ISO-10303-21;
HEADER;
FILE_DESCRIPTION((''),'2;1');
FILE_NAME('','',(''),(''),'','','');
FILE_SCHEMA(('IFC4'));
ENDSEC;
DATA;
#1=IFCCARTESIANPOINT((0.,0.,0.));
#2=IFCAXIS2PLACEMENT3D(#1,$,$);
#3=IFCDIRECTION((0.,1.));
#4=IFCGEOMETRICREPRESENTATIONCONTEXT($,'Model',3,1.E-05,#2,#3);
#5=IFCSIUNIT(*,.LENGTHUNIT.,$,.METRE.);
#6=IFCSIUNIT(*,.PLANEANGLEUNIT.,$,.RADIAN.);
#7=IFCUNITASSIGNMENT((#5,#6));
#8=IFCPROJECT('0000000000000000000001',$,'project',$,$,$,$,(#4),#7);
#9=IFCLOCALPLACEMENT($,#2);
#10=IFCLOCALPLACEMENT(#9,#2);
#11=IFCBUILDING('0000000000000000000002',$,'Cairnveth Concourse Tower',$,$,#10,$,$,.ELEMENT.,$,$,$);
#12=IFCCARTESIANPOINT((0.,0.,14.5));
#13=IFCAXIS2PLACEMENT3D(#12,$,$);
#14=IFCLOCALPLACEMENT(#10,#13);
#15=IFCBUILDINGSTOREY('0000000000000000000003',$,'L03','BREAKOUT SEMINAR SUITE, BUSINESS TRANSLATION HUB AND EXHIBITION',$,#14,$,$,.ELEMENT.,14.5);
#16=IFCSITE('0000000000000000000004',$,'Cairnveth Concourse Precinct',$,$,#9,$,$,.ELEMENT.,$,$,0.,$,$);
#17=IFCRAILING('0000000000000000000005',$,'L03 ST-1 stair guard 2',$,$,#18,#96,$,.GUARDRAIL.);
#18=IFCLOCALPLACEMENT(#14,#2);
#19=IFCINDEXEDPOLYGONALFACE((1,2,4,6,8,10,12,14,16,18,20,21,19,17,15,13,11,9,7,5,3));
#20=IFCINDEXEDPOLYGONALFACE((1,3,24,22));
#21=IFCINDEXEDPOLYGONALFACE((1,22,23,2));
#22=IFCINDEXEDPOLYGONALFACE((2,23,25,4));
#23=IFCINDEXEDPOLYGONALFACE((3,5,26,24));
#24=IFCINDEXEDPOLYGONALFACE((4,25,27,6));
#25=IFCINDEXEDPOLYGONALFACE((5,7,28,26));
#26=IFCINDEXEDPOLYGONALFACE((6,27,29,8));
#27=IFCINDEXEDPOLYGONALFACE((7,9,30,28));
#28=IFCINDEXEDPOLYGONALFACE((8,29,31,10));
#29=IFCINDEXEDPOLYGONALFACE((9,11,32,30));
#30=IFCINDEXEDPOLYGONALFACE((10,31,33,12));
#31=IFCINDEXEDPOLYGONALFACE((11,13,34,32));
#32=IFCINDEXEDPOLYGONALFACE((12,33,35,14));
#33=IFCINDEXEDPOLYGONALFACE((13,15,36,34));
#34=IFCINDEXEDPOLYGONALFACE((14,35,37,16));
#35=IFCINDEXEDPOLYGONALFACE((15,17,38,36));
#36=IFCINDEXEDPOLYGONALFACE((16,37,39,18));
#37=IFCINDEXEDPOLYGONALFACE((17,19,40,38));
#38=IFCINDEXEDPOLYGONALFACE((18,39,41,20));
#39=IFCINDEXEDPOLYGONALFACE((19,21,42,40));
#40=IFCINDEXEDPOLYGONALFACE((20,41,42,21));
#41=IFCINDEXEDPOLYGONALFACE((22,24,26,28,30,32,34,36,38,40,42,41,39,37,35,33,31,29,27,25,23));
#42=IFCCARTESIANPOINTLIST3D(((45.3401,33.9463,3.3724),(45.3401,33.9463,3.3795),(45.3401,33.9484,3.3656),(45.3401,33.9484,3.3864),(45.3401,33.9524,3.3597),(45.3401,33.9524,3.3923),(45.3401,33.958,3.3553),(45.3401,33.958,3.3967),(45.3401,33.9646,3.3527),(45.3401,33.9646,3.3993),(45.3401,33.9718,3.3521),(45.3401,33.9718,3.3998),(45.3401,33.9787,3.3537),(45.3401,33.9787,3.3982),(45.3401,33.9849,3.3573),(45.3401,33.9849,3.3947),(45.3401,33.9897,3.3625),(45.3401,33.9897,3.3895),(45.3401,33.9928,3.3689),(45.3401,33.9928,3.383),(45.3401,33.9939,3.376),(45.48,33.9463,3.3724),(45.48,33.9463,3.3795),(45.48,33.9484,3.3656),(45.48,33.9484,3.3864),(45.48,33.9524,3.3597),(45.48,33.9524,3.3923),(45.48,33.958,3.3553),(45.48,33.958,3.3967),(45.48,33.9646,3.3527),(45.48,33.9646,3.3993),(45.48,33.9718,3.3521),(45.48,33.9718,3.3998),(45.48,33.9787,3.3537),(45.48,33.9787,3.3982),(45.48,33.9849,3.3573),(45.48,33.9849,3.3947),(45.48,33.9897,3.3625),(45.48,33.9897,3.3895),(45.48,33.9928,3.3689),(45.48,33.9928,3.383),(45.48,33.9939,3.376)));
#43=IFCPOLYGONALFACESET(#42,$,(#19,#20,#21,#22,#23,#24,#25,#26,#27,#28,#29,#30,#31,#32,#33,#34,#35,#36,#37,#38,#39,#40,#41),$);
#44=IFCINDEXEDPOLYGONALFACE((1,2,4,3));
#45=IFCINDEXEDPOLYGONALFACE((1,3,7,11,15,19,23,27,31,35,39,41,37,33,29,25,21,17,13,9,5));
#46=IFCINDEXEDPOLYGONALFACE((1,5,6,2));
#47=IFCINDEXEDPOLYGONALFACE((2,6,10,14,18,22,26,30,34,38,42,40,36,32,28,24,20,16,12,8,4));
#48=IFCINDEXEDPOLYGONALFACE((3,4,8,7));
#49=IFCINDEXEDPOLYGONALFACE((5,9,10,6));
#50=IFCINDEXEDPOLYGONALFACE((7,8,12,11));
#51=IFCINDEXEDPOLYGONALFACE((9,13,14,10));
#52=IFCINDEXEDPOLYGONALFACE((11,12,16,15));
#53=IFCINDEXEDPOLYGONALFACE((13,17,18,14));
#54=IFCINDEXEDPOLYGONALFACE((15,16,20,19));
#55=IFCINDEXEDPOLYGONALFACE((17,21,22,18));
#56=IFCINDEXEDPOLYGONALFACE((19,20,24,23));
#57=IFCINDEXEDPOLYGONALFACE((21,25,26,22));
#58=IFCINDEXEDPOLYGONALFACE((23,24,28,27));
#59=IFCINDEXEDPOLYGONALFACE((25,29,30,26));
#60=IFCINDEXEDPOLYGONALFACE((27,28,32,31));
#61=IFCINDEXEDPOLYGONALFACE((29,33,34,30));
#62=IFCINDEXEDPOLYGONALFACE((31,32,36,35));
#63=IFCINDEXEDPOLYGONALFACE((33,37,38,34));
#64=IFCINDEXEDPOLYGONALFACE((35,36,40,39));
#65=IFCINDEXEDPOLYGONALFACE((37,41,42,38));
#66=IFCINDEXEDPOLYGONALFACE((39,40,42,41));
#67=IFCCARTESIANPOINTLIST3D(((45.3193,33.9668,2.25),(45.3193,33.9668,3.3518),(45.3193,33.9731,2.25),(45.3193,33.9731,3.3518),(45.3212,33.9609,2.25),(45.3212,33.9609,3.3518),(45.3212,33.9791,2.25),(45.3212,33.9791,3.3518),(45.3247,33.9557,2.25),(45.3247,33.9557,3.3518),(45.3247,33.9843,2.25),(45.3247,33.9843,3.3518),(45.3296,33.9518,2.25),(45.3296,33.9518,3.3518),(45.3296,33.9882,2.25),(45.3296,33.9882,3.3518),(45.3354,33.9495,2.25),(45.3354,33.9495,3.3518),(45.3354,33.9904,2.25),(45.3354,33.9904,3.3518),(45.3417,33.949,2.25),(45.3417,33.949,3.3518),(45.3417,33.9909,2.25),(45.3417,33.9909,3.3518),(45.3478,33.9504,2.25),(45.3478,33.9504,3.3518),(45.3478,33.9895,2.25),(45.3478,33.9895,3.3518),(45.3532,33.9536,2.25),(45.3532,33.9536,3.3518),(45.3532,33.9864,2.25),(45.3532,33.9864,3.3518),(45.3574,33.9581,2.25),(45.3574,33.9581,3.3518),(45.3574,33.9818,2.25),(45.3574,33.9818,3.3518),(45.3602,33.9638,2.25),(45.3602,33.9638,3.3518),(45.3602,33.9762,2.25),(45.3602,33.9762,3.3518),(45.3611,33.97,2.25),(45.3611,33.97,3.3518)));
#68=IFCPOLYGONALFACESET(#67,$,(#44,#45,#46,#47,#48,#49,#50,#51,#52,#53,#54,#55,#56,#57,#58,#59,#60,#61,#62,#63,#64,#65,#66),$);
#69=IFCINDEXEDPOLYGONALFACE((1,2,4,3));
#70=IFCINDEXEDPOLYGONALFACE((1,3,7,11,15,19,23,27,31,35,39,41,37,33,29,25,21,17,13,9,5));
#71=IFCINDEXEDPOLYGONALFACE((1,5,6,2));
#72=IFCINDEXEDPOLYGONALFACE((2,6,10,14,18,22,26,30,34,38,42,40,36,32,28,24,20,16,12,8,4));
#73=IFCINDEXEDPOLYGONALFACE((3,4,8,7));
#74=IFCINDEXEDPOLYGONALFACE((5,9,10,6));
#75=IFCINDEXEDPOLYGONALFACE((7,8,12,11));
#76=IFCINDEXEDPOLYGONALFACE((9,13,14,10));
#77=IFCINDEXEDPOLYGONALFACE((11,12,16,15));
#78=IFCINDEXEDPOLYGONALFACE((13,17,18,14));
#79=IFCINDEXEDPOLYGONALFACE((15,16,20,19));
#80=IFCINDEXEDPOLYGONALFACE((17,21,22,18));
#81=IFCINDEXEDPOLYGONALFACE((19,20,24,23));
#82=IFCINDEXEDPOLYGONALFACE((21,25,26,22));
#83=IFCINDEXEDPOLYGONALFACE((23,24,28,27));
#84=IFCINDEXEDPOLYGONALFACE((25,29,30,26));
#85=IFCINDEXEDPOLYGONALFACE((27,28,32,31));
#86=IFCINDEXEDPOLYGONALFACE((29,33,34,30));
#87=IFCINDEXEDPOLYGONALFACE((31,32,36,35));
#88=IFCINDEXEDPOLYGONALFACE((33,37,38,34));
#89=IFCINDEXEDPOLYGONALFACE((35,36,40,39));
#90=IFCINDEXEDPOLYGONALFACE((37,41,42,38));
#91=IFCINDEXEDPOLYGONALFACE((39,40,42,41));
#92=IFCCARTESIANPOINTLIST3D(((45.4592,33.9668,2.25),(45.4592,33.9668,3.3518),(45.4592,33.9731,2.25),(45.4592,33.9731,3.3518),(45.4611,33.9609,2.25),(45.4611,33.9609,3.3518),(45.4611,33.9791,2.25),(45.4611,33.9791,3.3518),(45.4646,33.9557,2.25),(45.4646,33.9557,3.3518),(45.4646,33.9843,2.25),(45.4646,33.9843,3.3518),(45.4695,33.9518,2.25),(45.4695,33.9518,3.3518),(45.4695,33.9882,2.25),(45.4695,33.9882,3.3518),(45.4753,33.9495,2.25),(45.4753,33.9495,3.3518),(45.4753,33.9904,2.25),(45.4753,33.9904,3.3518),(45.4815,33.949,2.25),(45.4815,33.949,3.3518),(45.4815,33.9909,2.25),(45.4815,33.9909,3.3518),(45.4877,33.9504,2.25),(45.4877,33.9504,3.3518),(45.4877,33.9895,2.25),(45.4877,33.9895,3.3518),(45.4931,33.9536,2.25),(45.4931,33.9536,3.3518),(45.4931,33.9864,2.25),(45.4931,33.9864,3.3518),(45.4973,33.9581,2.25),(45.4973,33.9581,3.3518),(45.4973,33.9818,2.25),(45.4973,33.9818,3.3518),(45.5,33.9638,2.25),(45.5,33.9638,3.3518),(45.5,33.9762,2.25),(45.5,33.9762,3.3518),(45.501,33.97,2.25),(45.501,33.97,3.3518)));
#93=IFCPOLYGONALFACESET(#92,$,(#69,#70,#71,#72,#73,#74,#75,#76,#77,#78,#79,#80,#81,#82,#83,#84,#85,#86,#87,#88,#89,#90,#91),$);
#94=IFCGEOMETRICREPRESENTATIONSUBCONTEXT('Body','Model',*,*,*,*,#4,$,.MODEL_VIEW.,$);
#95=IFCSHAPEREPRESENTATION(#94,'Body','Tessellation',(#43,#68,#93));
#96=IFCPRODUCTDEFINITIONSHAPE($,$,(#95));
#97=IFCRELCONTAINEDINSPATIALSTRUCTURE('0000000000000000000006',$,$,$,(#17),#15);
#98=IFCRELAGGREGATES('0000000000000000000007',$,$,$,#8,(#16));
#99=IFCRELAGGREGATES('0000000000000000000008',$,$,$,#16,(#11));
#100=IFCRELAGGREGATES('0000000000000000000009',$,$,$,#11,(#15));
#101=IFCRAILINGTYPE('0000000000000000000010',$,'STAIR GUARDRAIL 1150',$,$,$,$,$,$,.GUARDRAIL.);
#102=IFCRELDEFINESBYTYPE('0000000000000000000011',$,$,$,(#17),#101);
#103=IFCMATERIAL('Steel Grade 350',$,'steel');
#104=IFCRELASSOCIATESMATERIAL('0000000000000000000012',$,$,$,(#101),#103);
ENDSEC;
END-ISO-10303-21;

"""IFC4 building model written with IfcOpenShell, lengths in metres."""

from ifc_helpers import new_model, si_unit, direction, frame, origin, origin_2d, place, context, subcontext, project, spatial, circle, extrude, material, type_object, element, save


model = new_model("IFC4")

# Units and contexts
model_context = context("Model", 3, precision=1e-05, world=origin(), true_north=direction((0.0, 1.0)))
body_context = subcontext(model_context, "Body", "Model", "MODEL_VIEW")
ifc_project = project(units=[si_unit("LENGTHUNIT", "METRE"), si_unit("PLANEANGLEUNIT", "RADIAN")], contexts=[model_context])

# Site, building, storey
site_placement = place(None, origin())
site = spatial("IfcSite", under=ifc_project, at=site_placement, Name="Cairnveth Concourse Precinct", CompositionType="ELEMENT", RefElevation=0.0)
building_placement = place(site_placement, origin())
building = spatial("IfcBuilding", under=site, at=building_placement, Name="Cairnveth Concourse Tower", CompositionType="ELEMENT")
storey_placement = place(building_placement, frame((0.0, 0.0, 14.5)))
storey = spatial("IfcBuildingStorey", under=building, at=storey_placement, Name="L03", Description="BREAKOUT SEMINAR SUITE, BUSINESS TRANSLATION HUB AND EXHIBITION", CompositionType="ELEMENT", Elevation=14.5)

# Shared definitions
ifc_material_1 = material(Name="Steel Grade 350", Category="steel")

# Railing
railing_type_1 = type_object("IfcRailingType", Name="STAIR GUARDRAIL 1150", PredefinedType="GUARDRAIL", material=ifc_material_1)
railing_1_placement = place(storey_placement, frame((45.3401, 33.97, 2.25)))
element("IfcRailing", 1, at=railing_1_placement, inside=storey, type_object=railing_type_1, Name="L03 ST-1 stair guard 2", PredefinedType="GUARDRAIL", context=body_context, shape_type="SweptSolid", body=[
    extrude(circle(Radius=0.0239, at=origin_2d()), frame((0.0, 0.0, 1.126), z_axis=(1.0, 0.0, 0.0), x_axis=(0.0, 1.0, 0.0)), (0.0, 0.0, 1.0), 0.1399),
    extrude(circle(Radius=0.021, at=origin_2d()), origin(), (0.0, 0.0, 1.0), 1.1018),
    extrude(circle(Radius=0.021, at=origin_2d()), frame((0.1399, 0.0, 0.0)), (0.0, 0.0, 1.0), 1.1018),
])

save(model, "model.ifc")
